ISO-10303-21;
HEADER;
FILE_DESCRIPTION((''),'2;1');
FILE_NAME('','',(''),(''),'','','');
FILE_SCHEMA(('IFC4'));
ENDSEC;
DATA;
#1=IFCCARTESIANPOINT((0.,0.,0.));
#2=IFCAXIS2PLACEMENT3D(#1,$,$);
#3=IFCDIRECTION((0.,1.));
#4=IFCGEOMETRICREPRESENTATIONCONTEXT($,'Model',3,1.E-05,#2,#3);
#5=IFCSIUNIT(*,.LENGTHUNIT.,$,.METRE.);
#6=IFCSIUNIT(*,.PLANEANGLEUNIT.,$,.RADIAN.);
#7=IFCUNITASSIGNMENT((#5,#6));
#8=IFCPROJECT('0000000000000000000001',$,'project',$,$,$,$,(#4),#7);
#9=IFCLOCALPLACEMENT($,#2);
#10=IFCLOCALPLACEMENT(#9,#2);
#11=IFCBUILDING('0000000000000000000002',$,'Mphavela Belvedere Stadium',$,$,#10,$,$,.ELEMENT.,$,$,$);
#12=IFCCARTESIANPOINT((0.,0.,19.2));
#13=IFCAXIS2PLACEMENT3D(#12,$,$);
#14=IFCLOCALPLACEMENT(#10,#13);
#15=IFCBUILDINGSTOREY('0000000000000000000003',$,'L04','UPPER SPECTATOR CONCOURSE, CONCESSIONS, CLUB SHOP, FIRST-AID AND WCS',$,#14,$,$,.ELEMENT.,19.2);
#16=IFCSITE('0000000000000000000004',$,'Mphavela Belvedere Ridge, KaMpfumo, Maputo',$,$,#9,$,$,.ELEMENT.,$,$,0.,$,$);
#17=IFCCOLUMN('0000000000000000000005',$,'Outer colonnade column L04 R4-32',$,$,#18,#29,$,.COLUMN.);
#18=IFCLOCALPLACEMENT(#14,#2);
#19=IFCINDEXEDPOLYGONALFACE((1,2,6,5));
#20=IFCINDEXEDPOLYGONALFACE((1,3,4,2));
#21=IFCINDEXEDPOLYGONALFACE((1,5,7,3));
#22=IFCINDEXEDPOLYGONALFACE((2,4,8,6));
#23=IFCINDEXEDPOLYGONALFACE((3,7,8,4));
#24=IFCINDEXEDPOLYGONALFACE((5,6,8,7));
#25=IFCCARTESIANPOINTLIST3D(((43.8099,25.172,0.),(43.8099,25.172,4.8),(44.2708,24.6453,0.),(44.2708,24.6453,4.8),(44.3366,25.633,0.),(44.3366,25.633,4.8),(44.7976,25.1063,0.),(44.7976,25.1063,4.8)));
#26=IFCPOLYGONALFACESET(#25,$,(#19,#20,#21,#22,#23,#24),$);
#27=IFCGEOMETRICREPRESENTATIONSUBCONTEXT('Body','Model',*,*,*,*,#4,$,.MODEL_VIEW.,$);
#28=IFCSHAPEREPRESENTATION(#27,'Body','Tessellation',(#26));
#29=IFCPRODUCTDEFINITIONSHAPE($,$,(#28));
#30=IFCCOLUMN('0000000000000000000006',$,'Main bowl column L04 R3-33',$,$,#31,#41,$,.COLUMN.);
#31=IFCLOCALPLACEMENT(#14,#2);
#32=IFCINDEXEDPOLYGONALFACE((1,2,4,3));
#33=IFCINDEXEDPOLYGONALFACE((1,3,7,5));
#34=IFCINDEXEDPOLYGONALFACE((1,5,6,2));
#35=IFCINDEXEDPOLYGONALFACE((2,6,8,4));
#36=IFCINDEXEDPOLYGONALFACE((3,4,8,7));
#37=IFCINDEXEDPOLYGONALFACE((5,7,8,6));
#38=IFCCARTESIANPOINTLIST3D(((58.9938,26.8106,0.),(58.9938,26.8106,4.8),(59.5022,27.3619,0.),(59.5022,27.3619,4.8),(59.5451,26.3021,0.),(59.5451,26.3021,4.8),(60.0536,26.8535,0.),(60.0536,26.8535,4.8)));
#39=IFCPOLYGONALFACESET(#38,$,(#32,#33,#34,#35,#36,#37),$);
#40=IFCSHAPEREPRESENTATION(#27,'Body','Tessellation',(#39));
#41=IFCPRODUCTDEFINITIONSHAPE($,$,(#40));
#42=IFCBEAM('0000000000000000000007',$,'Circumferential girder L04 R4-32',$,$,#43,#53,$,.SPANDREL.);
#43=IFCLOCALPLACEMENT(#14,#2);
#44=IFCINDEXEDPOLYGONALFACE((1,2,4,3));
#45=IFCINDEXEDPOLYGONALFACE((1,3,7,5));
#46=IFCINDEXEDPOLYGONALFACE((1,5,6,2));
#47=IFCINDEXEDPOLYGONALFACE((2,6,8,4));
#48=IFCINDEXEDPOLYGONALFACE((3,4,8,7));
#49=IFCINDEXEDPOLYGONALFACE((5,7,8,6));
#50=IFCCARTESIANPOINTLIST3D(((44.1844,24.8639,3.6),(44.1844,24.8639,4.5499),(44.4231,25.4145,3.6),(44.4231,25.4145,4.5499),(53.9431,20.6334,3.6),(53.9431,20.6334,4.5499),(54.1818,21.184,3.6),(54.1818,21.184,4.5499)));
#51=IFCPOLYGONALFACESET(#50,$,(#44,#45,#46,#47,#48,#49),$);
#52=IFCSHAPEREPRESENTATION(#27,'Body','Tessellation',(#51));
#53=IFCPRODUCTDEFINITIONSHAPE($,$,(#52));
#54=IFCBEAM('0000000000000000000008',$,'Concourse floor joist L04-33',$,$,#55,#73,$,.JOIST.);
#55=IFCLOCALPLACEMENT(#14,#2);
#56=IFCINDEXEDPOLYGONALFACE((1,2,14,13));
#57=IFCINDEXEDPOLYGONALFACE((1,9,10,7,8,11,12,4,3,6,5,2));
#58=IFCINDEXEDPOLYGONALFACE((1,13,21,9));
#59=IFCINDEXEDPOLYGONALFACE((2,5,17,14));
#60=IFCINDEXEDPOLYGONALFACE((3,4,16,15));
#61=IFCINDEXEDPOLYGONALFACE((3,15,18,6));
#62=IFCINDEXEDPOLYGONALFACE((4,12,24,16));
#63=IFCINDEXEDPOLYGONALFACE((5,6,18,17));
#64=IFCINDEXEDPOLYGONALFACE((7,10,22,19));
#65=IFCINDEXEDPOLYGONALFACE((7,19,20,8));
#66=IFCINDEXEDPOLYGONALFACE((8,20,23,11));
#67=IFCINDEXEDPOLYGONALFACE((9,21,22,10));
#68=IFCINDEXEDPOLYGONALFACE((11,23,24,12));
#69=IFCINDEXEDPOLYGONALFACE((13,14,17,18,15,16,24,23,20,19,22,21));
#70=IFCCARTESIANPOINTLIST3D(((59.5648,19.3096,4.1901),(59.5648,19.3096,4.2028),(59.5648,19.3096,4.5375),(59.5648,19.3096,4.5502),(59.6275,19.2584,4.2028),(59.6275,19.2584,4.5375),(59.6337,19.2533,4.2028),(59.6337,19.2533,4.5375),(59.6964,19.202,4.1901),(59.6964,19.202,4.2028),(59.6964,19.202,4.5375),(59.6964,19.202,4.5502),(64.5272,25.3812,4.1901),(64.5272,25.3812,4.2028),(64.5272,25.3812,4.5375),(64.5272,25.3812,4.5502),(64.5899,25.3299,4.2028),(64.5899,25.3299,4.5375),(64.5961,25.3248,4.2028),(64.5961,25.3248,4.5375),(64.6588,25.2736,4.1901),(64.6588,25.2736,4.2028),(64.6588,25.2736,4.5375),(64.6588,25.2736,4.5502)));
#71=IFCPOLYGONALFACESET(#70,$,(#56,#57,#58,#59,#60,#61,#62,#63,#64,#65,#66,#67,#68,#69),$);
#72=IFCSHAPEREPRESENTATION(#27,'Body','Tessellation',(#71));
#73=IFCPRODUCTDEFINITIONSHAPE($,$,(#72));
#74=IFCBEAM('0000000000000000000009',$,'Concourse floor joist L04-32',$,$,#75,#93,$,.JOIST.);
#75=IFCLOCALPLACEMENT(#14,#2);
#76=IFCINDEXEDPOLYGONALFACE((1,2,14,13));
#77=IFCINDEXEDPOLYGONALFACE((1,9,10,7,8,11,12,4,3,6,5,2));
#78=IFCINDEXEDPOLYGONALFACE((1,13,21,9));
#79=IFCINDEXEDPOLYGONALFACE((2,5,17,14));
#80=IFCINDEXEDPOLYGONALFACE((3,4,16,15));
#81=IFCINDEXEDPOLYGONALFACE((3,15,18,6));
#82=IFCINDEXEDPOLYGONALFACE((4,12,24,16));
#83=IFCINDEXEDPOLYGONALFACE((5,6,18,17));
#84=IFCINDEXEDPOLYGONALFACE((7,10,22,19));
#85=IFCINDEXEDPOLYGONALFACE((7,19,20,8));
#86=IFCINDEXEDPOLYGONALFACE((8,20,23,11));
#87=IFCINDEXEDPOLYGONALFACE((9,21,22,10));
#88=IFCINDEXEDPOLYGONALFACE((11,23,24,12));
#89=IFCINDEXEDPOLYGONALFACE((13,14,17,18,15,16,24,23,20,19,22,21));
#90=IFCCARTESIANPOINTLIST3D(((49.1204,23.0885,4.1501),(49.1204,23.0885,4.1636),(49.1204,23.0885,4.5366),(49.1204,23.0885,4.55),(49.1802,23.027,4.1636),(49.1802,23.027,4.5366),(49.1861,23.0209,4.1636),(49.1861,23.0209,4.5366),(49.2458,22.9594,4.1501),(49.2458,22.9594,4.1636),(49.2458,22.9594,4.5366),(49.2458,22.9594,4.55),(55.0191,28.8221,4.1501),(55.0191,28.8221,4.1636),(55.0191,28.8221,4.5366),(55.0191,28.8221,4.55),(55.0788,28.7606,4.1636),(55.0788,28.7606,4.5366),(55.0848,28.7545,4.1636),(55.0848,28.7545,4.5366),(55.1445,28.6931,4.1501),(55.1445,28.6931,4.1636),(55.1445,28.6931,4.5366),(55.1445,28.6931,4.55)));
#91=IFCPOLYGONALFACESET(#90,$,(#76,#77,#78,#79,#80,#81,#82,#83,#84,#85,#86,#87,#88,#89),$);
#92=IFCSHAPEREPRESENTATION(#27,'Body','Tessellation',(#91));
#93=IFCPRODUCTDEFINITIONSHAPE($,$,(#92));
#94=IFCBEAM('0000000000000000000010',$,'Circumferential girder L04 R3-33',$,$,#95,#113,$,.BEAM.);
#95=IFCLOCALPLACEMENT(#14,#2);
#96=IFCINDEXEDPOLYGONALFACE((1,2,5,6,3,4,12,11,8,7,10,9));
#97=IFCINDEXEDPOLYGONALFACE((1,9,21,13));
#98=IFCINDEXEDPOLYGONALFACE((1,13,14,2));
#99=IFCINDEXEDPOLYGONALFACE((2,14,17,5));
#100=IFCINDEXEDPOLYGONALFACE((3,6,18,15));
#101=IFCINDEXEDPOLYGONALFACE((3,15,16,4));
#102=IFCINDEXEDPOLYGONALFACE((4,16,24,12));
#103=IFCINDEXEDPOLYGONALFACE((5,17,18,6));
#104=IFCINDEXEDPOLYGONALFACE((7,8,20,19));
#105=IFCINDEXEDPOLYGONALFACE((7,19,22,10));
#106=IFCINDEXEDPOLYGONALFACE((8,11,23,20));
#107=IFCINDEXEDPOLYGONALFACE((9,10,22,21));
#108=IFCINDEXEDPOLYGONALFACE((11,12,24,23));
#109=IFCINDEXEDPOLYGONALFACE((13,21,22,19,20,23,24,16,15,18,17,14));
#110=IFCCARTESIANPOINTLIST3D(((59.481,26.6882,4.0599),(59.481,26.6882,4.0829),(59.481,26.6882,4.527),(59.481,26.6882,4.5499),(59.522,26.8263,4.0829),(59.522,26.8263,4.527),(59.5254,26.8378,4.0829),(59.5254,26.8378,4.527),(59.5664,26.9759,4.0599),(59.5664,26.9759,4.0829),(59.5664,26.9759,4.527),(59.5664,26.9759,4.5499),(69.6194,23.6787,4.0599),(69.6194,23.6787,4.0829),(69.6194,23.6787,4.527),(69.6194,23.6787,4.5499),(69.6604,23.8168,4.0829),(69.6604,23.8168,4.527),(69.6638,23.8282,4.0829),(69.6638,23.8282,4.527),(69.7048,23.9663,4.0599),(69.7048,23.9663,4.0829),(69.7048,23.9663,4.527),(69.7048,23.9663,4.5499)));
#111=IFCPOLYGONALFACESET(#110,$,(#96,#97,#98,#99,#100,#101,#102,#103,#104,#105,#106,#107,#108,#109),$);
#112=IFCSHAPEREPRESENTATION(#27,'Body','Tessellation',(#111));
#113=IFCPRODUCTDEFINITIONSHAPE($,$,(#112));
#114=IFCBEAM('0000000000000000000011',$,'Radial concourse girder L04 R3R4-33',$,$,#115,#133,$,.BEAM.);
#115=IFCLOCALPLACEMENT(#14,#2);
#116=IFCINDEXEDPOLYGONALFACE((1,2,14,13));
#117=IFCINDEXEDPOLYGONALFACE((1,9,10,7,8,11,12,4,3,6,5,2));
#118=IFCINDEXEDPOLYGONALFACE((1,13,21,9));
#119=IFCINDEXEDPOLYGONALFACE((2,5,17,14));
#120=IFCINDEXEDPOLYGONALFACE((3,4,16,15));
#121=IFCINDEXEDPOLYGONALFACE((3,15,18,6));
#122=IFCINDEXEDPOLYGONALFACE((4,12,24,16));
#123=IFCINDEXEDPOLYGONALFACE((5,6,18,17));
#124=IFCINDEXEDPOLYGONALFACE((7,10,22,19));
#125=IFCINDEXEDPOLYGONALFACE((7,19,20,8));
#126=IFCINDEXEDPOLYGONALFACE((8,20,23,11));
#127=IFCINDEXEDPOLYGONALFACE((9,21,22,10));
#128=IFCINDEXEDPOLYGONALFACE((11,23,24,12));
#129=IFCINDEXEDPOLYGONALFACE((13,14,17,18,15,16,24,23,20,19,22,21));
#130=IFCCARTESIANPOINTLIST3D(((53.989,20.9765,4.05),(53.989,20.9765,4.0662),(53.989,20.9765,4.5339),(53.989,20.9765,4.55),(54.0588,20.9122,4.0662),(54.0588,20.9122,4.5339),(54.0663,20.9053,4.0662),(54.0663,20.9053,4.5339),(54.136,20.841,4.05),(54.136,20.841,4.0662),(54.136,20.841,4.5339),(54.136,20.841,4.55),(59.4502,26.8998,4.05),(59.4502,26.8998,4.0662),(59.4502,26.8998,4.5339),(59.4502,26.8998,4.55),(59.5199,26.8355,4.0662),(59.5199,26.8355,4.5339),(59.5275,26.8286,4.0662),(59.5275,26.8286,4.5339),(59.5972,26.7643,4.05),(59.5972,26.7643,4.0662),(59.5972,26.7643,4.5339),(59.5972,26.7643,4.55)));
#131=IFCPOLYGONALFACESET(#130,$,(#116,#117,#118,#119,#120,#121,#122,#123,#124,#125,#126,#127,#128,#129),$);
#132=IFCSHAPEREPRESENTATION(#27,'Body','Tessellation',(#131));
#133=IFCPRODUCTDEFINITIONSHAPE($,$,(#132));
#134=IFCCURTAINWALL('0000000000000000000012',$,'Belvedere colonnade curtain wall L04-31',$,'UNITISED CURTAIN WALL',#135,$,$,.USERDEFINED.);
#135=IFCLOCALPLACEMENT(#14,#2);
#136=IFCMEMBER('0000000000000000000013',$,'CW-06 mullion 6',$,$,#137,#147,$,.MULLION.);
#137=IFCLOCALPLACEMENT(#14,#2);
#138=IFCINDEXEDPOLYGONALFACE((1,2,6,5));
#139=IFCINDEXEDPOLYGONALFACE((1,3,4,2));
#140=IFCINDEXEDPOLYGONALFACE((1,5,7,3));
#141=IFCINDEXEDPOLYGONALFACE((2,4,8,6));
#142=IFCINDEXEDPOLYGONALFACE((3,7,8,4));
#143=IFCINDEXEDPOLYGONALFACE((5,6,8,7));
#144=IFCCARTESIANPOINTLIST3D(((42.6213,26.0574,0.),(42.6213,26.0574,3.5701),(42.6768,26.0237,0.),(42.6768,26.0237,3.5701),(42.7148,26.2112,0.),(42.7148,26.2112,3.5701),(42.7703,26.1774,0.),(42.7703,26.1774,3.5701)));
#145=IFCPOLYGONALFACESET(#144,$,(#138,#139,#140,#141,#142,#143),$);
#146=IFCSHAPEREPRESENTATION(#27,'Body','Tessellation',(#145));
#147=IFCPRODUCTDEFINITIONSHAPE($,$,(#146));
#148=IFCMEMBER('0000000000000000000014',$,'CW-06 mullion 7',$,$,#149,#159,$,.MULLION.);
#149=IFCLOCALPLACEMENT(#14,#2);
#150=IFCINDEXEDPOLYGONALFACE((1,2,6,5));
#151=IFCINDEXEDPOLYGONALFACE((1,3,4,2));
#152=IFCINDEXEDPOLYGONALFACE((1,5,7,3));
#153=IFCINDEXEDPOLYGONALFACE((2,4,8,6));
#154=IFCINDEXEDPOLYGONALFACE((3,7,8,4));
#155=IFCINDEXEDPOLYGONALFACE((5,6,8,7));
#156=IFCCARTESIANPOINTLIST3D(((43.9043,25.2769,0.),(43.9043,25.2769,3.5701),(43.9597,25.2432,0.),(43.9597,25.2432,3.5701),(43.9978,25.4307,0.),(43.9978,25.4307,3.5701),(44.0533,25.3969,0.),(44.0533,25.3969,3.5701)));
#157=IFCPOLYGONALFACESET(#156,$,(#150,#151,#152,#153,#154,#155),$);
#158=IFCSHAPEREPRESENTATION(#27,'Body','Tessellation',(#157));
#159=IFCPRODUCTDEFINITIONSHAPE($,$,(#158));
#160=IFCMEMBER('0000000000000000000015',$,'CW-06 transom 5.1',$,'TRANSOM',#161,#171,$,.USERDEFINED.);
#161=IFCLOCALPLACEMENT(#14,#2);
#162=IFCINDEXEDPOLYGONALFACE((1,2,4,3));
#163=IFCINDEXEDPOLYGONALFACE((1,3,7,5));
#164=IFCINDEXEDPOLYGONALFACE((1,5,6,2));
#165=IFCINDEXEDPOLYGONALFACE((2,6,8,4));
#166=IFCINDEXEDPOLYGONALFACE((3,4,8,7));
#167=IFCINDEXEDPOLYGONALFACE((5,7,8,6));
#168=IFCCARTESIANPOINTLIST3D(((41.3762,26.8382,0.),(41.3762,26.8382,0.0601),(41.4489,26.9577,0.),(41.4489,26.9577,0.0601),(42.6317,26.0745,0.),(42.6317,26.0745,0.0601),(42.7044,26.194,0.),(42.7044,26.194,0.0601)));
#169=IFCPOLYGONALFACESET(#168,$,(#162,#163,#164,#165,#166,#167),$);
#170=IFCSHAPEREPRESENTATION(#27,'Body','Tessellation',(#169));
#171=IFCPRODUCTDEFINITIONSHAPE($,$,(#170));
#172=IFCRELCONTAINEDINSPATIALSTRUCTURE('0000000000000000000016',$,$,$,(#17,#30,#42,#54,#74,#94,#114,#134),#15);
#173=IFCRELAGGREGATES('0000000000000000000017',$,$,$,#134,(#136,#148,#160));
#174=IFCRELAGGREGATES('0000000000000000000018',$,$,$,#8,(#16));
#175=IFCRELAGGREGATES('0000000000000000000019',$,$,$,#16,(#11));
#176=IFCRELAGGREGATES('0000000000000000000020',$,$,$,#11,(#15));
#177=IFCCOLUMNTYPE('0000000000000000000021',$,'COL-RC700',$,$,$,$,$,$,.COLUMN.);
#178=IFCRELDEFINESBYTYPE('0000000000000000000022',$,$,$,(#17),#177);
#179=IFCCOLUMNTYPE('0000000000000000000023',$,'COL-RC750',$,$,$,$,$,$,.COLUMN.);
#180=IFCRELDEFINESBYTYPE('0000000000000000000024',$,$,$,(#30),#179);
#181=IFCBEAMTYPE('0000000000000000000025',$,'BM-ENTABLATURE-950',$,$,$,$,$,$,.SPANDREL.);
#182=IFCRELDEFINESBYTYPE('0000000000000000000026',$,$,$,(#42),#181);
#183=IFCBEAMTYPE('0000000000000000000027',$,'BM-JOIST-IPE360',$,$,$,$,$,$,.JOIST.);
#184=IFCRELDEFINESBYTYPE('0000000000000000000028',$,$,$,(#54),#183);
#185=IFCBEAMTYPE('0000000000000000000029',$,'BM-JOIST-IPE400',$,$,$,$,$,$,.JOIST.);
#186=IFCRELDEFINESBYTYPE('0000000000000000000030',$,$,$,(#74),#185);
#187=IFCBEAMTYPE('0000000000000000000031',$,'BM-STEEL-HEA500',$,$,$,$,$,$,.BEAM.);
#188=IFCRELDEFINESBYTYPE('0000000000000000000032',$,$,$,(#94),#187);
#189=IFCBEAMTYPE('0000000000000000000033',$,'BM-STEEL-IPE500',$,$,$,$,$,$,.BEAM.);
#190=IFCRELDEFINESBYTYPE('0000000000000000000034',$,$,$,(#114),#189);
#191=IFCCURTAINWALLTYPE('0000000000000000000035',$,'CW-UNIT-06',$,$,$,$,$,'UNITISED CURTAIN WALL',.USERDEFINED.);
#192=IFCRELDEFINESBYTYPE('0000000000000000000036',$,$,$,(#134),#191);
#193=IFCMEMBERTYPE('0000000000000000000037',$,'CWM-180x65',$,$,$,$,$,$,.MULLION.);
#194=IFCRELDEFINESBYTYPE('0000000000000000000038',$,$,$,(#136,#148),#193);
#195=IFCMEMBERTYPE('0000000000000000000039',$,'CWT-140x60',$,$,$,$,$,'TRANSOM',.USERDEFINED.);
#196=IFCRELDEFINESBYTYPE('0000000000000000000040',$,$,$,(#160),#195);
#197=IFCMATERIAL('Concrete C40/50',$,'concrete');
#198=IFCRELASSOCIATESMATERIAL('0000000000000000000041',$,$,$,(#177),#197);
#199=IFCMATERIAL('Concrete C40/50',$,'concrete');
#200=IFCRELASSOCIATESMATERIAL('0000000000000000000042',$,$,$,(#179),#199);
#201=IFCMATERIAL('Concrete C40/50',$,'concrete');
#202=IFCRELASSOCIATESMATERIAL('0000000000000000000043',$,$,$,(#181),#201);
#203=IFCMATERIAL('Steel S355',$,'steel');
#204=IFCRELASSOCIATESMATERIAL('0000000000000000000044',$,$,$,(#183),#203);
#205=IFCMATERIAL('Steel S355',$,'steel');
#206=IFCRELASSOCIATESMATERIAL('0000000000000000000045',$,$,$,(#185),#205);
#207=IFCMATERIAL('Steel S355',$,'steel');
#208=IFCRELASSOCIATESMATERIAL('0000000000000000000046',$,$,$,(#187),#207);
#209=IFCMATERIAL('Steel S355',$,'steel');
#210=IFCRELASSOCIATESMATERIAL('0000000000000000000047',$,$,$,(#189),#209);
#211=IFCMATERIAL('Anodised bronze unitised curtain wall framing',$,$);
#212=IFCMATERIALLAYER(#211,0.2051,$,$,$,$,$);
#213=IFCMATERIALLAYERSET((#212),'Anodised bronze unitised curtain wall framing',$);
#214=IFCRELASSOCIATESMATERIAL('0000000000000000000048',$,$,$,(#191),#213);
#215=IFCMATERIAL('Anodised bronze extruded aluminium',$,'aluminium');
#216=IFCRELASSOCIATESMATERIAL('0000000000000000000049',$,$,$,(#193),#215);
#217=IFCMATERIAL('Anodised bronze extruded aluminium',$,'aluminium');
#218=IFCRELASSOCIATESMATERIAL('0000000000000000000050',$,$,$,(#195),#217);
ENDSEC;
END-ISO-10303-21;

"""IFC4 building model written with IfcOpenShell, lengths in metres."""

from ifc_helpers import new_model, si_unit, direction, frame, origin, origin_2d, place, context, subcontext, project, spatial, rectangle, i_section, extrude, material, layer, layer_set, material_profile, profile_set, type_object, element, aggregate, save


model = new_model("IFC4")

# Units and contexts
model_context = context("Model", 3, precision=1e-05, world=origin(), true_north=direction((0.0, 1.0)))
body_context = subcontext(model_context, "Body", "Model", "MODEL_VIEW")
ifc_project = project(units=[si_unit("LENGTHUNIT", "METRE"), si_unit("PLANEANGLEUNIT", "RADIAN")], contexts=[model_context])

# Site, building, storey
site_placement = place(None, origin())
site = spatial("IfcSite", under=ifc_project, at=site_placement, Name="Mphavela Belvedere Ridge, KaMpfumo, Maputo", CompositionType="ELEMENT", RefElevation=0.0)
building_placement = place(site_placement, origin())
building = spatial("IfcBuilding", under=site, at=building_placement, Name="Mphavela Belvedere Stadium", CompositionType="ELEMENT")
storey_placement = place(building_placement, frame((0.0, 0.0, 19.2)))
storey = spatial("IfcBuildingStorey", under=building, at=storey_placement, Name="L04", Description="UPPER SPECTATOR CONCOURSE, CONCESSIONS, CLUB SHOP, FIRST-AID AND WCS", CompositionType="ELEMENT", Elevation=19.2)

# Columns
ifc_material_1 = material(Name="Concrete C40/50", Category="concrete")
ifc_material_profile_1 = material_profile(ifc_material_1, rectangle(XDim=0.7, YDim=0.7, at=origin_2d()), Name="RC 700x700")
ifc_profile_set_1 = profile_set([ifc_material_profile_1], Name="Concrete C40/50")
column_type_1 = type_object("IfcColumnType", Name="COL-RC700", PredefinedType="COLUMN", material=ifc_profile_set_1)
column_1_placement = place(storey_placement, frame((44.3037, 25.1392, 0.0), z_axis=(0.0, 0.0, 1.0), x_axis=(-0.75253, -0.658558, 0.0)))
element("IfcColumn", 1, at=column_1_placement, inside=storey, type_object=column_type_1, Name="Outer colonnade column L04 R4-32", PredefinedType="COLUMN", context=body_context, shape_type="SweptSolid", body=[
    extrude(rectangle(XDim=0.7, YDim=0.7, at=origin_2d()), origin(), (0.0, 0.0, 1.0), 4.8),
])
ifc_material_2 = material(Name="Concrete C40/50", Category="concrete")
ifc_material_profile_2 = material_profile(ifc_material_2, rectangle(XDim=0.75, YDim=0.75, at=origin_2d()), Name="RC 750x750")
ifc_profile_set_2 = profile_set([ifc_material_profile_2], Name="Concrete C40/50")
column_type_2 = type_object("IfcColumnType", Name="COL-RC750", PredefinedType="COLUMN", material=ifc_profile_set_2)
column_2_placement = place(storey_placement, frame((59.5237, 26.832, 0.0), z_axis=(0.0, 0.0, 1.0), x_axis=(-0.677903, -0.735151, 0.0)))
element("IfcColumn", 2, at=column_2_placement, inside=storey, type_object=column_type_2, Name="Main bowl column L04 R3-33", PredefinedType="COLUMN", context=body_context, shape_type="SweptSolid", body=[
    extrude(rectangle(XDim=0.75, YDim=0.75, at=origin_2d()), origin(), (0.0, 0.0, 1.0), 4.8),
])

# Beams
ifc_material_3 = material(Name="Concrete C40/50", Category="concrete")
ifc_material_profile_3 = material_profile(ifc_material_3, rectangle(XDim=0.6001, YDim=0.95, at=origin_2d()), Name="RC 600x950")
ifc_profile_set_3 = profile_set([ifc_material_profile_3], Name="Concrete C40/50")
beam_type_1 = type_object("IfcBeamType", Name="BM-ENTABLATURE-950", PredefinedType="SPANDREL", material=ifc_profile_set_3)
beam_1_placement = place(storey_placement, frame((44.3037, 25.1392, 4.075), z_axis=(0.917499, -0.397739, 0.0), x_axis=(0.397739, 0.917499, 0.0)))
element("IfcBeam", 3, at=beam_1_placement, inside=storey, type_object=beam_type_1, Name="Circumferential girder L04 R4-32", PredefinedType="SPANDREL", context=body_context, shape_type="SweptSolid", body=[
    extrude(rectangle(XDim=0.6001, YDim=0.95, at=origin_2d()), origin(), (0.0, 0.0, 1.0), 10.6362),
])
ifc_material_4 = material(Name="Steel S355", Category="steel")
ifc_material_profile_4 = material_profile(ifc_material_4, i_section(OverallWidth=0.1699, OverallDepth=0.3601, WebThickness=0.0081, FlangeThickness=0.0127, at=origin_2d()), Name="IPE 360")
ifc_profile_set_4 = profile_set([ifc_material_profile_4], Name="Steel S355")
beam_type_2 = type_object("IfcBeamType", Name="BM-JOIST-IPE360", PredefinedType="JOIST", material=ifc_profile_set_4)
beam_2_placement = place(storey_placement, frame((64.593, 25.3274, 4.3701), z_axis=(-0.632839, -0.774283, 0.0), x_axis=(0.774283, -0.632839, 0.0)))
element("IfcBeam", 4, at=beam_2_placement, inside=storey, type_object=beam_type_2, Name="Concourse floor joist L04-33", PredefinedType="JOIST", context=body_context, shape_type="SweptSolid", body=[
    extrude(i_section(OverallWidth=0.1699, OverallDepth=0.3601, WebThickness=0.0081, FlangeThickness=0.0127, at=origin_2d()), origin(), (0.0, 0.0, 1.0), 7.8416),
])
ifc_material_5 = material(Name="Steel S355", Category="steel")
ifc_material_profile_5 = material_profile(ifc_material_5, i_section(OverallWidth=0.1799, OverallDepth=0.3999, WebThickness=0.0085, FlangeThickness=0.0134, at=origin_2d()), Name="IPE 400")
ifc_profile_set_5 = profile_set([ifc_material_profile_5], Name="Steel S355")
beam_type_3 = type_object("IfcBeamType", Name="BM-JOIST-IPE400", PredefinedType="JOIST", material=ifc_profile_set_5)
beam_3_placement = place(storey_placement, frame((55.0818, 28.7576, 4.3501), z_axis=(-0.717067, -0.697004, 0.0), x_axis=(0.697004, -0.717067, 0.0)))
element("IfcBeam", 5, at=beam_3_placement, inside=storey, type_object=beam_type_3, Name="Concourse floor joist L04-32", PredefinedType="JOIST", context=body_context, shape_type="SweptSolid", body=[
    extrude(i_section(OverallWidth=0.1799, OverallDepth=0.3999, WebThickness=0.0085, FlangeThickness=0.0134, at=origin_2d()), origin(), (0.0, 0.0, 1.0), 8.2261),
])
ifc_material_6 = material(Name="Steel S355", Category="steel")
ifc_material_profile_6 = material_profile(ifc_material_6, i_section(OverallWidth=0.3, OverallDepth=0.49, WebThickness=0.012, FlangeThickness=0.0229, at=origin_2d()), Name="HEA 500")
ifc_profile_set_6 = profile_set([ifc_material_profile_6], Name="Steel S355")
beam_type_4 = type_object("IfcBeamType", Name="BM-STEEL-HEA500", PredefinedType="BEAM", material=ifc_profile_set_6)
beam_4_placement = place(storey_placement, frame((59.5237, 26.832, 4.3049), z_axis=(0.958655, -0.28457, 0.0), x_axis=(0.28457, 0.958655, 0.0)))
element("IfcBeam", 6, at=beam_4_placement, inside=storey, type_object=beam_type_4, Name="Circumferential girder L04 R3-33", PredefinedType="BEAM", context=body_context, shape_type="SweptSolid", body=[
    extrude(i_section(OverallWidth=0.3, OverallDepth=0.49, WebThickness=0.012, FlangeThickness=0.0229, at=origin_2d()), origin(), (0.0, 0.0, 1.0), 10.5757),
])
ifc_material_7 = material(Name="Steel S355", Category="steel")
ifc_material_profile_7 = material_profile(ifc_material_7, i_section(OverallWidth=0.2, OverallDepth=0.5, WebThickness=0.0103, FlangeThickness=0.0161, at=origin_2d()), Name="IPE 500")
ifc_profile_set_7 = profile_set([ifc_material_profile_7], Name="Steel S355")
beam_type_5 = type_object("IfcBeamType", Name="BM-STEEL-IPE500", PredefinedType="BEAM", material=ifc_profile_set_7)
beam_5_placement = place(storey_placement, frame((59.5237, 26.832, 4.3), z_axis=(-0.677843, -0.735206, 0.0), x_axis=(0.735206, -0.677843, 0.0)))
element("IfcBeam", 7, at=beam_5_placement, inside=storey, type_object=beam_type_5, Name="Radial concourse girder L04 R3R4-33", PredefinedType="BEAM", context=body_context, shape_type="SweptSolid", body=[
    extrude(i_section(OverallWidth=0.2, OverallDepth=0.5, WebThickness=0.0103, FlangeThickness=0.0161, at=origin_2d()), origin(), (0.0, 0.0, 1.0), 8.0566),
])

# Curtain wall, members
ifc_material_8 = material(Name="Anodised bronze unitised curtain wall framing")
ifc_layer_1 = layer(ifc_material_8, 0.2051)
ifc_layer_set_1 = layer_set([ifc_layer_1], Name="Anodised bronze unitised curtain wall framing")
curtain_wall_type = type_object("IfcCurtainWallType", Name="CW-UNIT-06", ElementType="UNITISED CURTAIN WALL", PredefinedType="USERDEFINED", material=ifc_layer_set_1)
curtain_wall_placement = place(storey_placement, origin())
curtain_wall = element("IfcCurtainWall", 8, at=curtain_wall_placement, inside=storey, type_object=curtain_wall_type, Name="Belvedere colonnade curtain wall L04-31", ObjectType="UNITISED CURTAIN WALL", PredefinedType="USERDEFINED")
ifc_material_9 = material(Name="Anodised bronze extruded aluminium", Category="aluminium")
ifc_material_profile_8 = material_profile(ifc_material_9, rectangle(XDim=0.1799, YDim=0.0649, at=origin_2d()), Name="CW-MUL 180x65")
ifc_profile_set_8 = profile_set([ifc_material_profile_8], Name="Anodised bronze extruded aluminium")
member_type_1 = type_object("IfcMemberType", Name="CWM-180x65", PredefinedType="MULLION", material=ifc_profile_set_8)
member_1_placement = place(storey_placement, frame((42.6958, 26.1174, 0.0), z_axis=(0.0, 0.0, 1.0), x_axis=(0.519735, 0.854327, 0.0)))
member_1 = element("IfcMember", 9, at=member_1_placement, type_object=member_type_1, Name="CW-06 mullion 6", PredefinedType="MULLION", context=body_context, shape_type="SweptSolid", body=[
    extrude(rectangle(XDim=0.1799, YDim=0.0649, at=origin_2d()), origin(), (0.0, 0.0, 1.0), 3.5701),
])
member_2_placement = place(storey_placement, frame((43.9788, 25.3369, 0.0), z_axis=(0.0, 0.0, 1.0), x_axis=(0.519735, 0.854327, 0.0)))
member_2 = element("IfcMember", 10, at=member_2_placement, type_object=member_type_1, Name="CW-06 mullion 7", PredefinedType="MULLION", context=body_context, shape_type="SweptSolid", body=[
    extrude(rectangle(XDim=0.1799, YDim=0.0649, at=origin_2d()), origin(), (0.0, 0.0, 1.0), 3.5701),
])
ifc_material_10 = material(Name="Anodised bronze extruded aluminium", Category="aluminium")
ifc_material_profile_9 = material_profile(ifc_material_10, rectangle(XDim=0.1399, YDim=0.0601, at=origin_2d()), Name="CW-TRN 140x60")
ifc_profile_set_9 = profile_set([ifc_material_profile_9], Name="Anodised bronze extruded aluminium")
member_type_2 = type_object("IfcMemberType", Name="CWT-140x60", ElementType="TRANSOM", PredefinedType="USERDEFINED", material=ifc_profile_set_9)
member_3_placement = place(storey_placement, frame((41.4126, 26.8979, 0.03), z_axis=(0.85434, -0.519715, 0.0), x_axis=(0.519715, 0.85434, 0.0)))
member_3 = element("IfcMember", 11, at=member_3_placement, type_object=member_type_2, Name="CW-06 transom 5.1", ObjectType="TRANSOM", PredefinedType="USERDEFINED", context=body_context, shape_type="SweptSolid", body=[
    extrude(rectangle(XDim=0.1399, YDim=0.0601, at=origin_2d()), origin(), (0.0, 0.0, 1.0), 1.4695),
])
aggregate(curtain_wall, [member_1, member_2, member_3])

save(model, "model.ifc")
